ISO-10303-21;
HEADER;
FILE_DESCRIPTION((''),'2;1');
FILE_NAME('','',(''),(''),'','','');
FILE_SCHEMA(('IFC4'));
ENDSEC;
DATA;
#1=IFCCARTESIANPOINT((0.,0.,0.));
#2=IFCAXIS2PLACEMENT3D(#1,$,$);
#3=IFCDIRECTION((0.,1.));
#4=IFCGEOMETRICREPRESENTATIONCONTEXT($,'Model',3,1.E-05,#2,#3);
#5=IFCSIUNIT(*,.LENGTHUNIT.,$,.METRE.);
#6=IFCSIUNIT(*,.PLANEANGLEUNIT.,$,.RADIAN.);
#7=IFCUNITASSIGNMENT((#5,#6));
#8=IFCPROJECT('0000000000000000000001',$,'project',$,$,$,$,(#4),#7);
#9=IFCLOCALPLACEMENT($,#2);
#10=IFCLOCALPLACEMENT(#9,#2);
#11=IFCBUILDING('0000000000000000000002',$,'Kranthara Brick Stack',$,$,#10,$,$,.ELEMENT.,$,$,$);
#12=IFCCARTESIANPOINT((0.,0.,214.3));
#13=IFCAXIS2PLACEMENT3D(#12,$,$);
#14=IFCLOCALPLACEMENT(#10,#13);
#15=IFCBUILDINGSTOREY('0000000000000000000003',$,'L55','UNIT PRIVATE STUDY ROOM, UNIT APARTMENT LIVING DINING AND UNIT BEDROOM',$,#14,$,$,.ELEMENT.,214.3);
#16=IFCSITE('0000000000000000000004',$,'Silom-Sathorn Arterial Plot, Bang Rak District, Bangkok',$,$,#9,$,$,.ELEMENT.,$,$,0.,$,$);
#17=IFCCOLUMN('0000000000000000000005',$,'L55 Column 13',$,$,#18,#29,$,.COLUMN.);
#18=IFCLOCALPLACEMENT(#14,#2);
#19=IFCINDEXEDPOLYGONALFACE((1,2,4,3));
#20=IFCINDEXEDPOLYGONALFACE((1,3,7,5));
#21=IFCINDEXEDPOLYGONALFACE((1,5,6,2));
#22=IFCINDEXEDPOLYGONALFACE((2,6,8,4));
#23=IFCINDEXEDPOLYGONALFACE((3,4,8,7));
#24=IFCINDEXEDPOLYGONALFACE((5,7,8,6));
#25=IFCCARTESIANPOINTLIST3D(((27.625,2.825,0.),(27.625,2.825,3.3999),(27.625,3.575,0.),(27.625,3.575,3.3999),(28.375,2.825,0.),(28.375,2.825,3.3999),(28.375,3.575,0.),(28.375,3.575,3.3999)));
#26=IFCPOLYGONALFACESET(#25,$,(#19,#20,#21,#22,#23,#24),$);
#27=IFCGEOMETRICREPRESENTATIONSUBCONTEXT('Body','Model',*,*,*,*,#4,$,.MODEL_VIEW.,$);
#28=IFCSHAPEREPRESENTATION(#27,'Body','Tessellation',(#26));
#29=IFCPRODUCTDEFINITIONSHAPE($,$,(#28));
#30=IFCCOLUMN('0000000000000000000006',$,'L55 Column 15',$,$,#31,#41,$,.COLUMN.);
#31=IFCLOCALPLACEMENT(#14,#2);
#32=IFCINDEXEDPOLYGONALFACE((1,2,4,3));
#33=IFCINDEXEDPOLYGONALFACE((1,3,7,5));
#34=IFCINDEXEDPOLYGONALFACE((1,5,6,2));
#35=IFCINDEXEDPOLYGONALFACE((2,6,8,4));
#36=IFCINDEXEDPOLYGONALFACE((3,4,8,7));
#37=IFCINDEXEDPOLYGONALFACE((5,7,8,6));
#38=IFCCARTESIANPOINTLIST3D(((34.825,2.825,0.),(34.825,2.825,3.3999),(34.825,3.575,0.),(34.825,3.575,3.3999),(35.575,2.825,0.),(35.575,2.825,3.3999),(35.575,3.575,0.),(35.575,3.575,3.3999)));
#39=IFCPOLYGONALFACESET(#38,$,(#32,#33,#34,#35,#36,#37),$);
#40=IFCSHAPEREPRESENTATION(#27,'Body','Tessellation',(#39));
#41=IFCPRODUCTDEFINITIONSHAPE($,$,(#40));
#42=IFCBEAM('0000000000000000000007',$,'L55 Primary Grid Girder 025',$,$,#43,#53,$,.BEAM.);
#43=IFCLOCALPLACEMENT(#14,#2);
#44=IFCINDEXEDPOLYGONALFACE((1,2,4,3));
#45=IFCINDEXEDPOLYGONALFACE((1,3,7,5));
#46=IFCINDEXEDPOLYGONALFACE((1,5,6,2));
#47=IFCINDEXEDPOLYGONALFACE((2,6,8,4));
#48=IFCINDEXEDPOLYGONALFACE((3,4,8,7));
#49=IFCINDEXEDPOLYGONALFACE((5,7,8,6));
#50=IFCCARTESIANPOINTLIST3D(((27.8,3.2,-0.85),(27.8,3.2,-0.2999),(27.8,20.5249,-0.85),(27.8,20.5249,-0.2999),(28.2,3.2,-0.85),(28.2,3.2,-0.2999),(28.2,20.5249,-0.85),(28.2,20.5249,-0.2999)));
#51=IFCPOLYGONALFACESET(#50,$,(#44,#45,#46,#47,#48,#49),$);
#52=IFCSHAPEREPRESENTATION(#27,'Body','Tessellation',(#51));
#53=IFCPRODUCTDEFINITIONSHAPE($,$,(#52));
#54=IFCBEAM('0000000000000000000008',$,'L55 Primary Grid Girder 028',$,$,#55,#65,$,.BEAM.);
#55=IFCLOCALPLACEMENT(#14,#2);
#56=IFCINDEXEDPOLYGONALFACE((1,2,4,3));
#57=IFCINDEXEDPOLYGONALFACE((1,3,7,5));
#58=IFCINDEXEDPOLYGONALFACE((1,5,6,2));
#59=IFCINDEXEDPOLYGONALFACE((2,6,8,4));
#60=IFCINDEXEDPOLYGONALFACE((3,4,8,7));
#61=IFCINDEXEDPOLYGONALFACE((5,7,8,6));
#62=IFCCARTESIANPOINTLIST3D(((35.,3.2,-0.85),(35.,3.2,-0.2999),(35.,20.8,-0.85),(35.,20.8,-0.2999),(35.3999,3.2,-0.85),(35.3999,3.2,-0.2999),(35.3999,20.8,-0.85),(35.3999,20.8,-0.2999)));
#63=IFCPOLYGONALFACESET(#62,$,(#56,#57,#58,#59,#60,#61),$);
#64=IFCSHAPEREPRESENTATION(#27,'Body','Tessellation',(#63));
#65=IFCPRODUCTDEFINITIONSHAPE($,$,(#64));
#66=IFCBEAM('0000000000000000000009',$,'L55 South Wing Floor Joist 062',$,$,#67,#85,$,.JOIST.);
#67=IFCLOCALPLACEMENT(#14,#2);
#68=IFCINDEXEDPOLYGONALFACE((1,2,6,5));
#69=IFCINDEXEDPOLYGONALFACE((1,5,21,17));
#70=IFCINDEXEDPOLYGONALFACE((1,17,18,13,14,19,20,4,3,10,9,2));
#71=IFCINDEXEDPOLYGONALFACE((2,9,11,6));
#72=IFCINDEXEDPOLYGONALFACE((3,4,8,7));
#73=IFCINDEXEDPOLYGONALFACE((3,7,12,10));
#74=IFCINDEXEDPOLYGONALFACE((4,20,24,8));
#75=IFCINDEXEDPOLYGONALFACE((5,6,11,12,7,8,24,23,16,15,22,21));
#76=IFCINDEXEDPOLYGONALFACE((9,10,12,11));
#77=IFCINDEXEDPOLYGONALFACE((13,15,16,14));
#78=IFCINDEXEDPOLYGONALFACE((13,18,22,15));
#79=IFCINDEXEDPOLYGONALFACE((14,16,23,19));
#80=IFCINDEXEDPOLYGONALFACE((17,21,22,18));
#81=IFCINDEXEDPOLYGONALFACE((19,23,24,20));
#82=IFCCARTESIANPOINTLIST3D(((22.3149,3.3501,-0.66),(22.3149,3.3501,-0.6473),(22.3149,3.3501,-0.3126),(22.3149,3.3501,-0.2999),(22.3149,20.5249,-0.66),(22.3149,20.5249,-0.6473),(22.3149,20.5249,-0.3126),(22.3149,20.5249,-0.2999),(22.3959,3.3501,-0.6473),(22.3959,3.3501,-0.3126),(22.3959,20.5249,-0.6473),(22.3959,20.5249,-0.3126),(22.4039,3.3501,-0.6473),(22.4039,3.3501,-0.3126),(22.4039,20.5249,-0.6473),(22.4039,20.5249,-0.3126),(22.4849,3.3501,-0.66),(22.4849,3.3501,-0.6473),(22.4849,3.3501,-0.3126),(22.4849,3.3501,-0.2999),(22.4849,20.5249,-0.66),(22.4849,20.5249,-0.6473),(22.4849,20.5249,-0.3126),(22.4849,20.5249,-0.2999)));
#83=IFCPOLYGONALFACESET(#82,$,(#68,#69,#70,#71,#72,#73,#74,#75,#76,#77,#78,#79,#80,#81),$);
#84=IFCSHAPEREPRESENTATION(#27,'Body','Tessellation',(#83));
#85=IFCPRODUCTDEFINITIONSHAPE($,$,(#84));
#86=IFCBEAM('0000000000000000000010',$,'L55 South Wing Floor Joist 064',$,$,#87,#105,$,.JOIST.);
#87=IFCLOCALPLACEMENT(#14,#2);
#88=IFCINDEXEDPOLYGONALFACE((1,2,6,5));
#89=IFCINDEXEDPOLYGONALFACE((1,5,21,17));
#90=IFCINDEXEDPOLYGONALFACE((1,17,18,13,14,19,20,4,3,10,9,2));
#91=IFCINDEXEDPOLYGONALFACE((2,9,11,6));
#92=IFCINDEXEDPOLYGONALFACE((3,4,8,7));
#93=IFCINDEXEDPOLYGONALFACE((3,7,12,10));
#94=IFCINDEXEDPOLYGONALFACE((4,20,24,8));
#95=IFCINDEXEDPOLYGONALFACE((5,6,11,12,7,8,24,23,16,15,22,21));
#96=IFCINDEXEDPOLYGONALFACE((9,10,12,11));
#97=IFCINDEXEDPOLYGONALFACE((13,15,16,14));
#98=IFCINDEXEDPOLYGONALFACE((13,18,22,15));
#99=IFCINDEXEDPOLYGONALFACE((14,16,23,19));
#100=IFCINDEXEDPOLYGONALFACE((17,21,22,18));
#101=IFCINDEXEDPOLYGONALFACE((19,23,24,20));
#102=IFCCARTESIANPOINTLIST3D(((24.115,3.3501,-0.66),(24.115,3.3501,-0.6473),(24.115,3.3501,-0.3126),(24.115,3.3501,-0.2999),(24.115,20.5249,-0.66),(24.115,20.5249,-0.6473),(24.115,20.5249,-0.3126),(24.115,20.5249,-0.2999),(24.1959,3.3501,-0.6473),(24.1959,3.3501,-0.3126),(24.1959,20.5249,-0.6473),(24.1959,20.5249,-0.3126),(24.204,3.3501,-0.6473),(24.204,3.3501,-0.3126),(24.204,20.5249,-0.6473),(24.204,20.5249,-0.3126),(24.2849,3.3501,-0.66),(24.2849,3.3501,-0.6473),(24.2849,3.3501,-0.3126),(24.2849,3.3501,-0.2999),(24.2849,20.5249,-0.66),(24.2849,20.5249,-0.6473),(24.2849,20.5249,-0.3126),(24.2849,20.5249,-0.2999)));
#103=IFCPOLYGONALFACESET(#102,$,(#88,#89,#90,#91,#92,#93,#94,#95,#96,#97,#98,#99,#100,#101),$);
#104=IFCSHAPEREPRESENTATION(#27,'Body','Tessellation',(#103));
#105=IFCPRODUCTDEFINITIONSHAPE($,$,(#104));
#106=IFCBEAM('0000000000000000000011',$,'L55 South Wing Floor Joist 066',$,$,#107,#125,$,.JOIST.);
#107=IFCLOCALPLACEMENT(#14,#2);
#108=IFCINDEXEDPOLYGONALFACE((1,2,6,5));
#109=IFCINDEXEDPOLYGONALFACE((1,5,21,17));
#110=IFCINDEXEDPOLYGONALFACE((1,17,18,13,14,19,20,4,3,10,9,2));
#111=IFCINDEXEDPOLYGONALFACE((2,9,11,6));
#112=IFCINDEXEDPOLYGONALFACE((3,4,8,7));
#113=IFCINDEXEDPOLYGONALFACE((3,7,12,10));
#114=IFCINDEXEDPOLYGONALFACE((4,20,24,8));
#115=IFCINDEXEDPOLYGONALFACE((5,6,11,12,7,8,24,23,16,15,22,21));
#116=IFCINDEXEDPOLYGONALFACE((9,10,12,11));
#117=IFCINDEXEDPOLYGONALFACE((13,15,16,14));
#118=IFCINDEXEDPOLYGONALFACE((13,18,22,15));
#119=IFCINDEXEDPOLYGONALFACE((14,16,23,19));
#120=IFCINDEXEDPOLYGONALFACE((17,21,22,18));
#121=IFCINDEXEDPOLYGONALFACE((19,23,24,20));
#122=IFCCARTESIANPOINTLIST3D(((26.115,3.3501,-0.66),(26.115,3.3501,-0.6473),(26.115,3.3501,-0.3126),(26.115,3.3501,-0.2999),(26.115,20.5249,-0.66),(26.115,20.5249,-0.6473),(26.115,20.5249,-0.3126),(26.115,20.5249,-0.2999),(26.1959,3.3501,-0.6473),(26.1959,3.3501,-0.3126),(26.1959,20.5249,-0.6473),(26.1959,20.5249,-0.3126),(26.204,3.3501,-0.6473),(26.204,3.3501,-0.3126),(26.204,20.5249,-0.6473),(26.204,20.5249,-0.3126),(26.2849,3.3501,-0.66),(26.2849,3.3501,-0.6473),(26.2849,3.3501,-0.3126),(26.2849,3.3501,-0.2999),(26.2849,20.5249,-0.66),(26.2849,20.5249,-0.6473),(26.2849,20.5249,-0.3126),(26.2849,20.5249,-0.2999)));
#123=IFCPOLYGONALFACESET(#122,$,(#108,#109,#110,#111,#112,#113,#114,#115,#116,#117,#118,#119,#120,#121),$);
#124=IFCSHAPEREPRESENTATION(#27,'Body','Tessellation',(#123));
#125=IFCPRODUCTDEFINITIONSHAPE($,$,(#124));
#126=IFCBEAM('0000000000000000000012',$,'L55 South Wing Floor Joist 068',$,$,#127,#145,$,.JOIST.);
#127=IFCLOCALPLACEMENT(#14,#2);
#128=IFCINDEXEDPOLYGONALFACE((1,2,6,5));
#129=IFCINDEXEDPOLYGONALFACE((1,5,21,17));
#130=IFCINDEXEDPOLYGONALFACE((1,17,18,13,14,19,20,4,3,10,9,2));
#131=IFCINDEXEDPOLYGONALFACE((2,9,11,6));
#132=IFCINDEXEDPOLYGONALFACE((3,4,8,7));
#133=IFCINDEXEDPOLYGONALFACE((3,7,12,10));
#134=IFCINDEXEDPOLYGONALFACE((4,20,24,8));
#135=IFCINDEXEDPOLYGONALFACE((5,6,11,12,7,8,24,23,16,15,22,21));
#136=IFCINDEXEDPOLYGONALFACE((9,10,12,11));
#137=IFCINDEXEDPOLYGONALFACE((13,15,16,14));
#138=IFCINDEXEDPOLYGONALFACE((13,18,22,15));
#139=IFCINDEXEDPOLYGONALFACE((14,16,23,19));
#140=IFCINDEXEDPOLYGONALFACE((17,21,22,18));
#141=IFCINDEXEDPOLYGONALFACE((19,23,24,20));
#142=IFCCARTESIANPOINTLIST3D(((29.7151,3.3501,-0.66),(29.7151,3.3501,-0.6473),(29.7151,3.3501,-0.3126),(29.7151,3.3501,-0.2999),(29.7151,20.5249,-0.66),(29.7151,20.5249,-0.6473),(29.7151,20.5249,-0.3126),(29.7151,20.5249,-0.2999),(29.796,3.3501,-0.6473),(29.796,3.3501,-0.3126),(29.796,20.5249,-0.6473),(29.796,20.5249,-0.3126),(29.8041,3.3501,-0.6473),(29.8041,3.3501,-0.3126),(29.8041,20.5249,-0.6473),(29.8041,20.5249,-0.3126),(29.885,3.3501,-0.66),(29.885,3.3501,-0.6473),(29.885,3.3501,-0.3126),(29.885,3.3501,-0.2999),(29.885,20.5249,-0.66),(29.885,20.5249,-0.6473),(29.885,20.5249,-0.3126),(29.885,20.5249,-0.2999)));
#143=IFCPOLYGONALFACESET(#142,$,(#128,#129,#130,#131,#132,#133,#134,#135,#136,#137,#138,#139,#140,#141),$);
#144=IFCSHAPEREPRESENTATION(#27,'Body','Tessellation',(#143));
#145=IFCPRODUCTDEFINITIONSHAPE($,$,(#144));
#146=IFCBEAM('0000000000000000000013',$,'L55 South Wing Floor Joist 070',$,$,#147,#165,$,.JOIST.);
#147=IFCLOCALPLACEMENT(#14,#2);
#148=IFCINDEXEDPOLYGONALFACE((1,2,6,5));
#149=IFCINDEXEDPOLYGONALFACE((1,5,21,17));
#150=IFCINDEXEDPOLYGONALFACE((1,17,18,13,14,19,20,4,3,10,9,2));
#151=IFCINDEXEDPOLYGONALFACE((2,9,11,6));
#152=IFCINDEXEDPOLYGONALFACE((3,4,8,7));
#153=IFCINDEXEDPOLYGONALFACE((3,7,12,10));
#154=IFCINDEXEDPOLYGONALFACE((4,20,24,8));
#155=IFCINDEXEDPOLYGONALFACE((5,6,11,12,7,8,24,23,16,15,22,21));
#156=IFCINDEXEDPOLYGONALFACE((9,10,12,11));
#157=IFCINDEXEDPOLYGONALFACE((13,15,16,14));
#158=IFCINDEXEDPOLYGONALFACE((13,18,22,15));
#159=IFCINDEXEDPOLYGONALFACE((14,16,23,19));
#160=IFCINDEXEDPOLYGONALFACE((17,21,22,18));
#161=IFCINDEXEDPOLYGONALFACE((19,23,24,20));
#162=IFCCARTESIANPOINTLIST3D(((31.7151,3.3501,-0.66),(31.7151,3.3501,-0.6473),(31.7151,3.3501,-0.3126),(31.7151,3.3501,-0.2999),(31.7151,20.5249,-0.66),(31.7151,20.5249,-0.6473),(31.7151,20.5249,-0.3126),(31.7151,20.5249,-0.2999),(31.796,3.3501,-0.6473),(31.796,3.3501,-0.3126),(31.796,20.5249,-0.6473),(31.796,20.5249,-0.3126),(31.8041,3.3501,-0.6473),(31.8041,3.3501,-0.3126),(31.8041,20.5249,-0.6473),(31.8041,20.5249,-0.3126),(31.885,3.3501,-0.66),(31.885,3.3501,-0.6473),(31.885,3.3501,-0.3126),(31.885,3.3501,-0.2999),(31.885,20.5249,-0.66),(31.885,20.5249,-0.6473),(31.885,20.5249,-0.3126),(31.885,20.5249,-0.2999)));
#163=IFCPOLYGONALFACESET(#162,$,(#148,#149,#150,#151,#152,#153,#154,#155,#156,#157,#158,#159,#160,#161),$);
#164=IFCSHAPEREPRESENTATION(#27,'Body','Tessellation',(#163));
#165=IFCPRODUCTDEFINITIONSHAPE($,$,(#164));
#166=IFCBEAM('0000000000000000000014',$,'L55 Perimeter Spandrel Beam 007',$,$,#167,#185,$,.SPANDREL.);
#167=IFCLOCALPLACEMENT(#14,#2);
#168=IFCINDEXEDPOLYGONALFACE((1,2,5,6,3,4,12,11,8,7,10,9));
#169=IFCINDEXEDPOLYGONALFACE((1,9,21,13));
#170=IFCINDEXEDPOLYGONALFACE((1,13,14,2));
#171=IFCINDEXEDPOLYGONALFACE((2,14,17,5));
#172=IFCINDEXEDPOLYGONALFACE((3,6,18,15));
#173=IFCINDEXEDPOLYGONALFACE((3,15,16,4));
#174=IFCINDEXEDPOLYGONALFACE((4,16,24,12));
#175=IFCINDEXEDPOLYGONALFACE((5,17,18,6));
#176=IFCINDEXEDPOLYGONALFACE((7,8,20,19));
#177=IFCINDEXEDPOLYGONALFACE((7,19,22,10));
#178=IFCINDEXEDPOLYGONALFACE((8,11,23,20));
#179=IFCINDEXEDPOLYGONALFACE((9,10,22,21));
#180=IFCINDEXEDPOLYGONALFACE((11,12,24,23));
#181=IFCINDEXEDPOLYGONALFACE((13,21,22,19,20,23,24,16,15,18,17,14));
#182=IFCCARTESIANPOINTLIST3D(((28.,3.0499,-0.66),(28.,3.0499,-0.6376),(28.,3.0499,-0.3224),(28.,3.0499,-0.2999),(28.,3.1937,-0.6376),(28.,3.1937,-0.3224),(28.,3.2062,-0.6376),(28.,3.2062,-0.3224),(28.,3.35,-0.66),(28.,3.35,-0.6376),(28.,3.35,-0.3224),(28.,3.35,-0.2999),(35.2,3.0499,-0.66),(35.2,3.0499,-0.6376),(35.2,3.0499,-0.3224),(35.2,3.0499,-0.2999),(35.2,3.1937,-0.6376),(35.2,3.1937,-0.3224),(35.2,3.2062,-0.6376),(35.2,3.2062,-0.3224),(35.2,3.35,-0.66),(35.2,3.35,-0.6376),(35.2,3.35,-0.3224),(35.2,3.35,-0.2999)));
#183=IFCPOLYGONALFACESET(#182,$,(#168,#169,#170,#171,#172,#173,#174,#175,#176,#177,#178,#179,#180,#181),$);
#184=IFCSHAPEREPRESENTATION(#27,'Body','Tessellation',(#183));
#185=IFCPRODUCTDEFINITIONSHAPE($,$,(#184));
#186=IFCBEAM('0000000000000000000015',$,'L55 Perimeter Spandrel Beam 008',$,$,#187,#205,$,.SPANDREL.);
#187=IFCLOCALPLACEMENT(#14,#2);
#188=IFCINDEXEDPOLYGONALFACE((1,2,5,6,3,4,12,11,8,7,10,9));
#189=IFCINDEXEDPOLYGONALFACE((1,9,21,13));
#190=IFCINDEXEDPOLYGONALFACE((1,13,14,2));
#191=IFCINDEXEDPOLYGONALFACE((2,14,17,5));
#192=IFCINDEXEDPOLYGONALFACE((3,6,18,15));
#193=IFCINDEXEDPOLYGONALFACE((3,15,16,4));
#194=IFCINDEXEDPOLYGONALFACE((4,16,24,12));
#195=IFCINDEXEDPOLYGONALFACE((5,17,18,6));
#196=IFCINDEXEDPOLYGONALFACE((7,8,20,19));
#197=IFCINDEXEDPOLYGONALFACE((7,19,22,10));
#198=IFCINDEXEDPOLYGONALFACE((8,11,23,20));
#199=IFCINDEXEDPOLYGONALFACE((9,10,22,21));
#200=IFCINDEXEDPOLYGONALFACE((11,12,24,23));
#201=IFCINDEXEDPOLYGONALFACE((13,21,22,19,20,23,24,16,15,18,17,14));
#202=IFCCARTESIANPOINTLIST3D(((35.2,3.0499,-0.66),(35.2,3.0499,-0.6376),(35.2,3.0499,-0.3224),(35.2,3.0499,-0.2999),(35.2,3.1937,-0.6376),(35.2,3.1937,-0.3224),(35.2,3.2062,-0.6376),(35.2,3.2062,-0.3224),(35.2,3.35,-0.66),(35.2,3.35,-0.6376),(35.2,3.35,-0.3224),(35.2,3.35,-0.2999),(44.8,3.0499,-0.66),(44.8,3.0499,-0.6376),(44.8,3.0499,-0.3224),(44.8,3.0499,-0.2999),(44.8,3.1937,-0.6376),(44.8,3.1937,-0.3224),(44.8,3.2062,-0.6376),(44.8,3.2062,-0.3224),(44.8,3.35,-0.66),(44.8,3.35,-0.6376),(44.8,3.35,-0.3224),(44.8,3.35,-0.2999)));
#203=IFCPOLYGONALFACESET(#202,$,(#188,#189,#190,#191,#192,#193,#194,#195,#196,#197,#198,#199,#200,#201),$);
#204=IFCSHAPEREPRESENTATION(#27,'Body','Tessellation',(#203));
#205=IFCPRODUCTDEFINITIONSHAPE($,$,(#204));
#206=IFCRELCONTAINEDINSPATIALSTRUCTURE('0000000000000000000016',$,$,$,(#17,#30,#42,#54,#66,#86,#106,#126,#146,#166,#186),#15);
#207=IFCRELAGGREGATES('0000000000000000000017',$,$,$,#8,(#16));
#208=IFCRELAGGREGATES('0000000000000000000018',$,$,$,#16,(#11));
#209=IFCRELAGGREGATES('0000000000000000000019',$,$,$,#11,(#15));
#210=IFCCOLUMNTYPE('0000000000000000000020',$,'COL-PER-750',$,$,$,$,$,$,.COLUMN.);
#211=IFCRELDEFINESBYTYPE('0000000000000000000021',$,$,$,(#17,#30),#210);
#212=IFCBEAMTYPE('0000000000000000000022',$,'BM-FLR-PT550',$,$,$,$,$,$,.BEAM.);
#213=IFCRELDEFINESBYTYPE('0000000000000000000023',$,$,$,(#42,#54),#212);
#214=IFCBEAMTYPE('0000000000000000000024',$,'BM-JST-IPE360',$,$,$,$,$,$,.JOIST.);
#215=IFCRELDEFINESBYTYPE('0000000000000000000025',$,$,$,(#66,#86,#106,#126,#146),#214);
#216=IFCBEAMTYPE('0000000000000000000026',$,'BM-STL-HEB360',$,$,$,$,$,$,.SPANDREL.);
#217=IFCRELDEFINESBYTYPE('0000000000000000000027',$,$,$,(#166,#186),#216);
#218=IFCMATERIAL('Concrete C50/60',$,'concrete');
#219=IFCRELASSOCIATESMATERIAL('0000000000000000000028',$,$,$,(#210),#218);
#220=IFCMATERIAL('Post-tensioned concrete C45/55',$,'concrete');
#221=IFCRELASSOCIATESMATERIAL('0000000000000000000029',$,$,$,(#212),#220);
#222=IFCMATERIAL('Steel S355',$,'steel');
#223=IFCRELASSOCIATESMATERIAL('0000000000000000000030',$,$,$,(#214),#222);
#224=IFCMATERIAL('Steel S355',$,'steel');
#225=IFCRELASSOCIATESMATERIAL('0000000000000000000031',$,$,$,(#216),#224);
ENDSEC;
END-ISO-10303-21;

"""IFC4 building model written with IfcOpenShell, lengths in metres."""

from ifc_helpers import new_model, si_unit, direction, frame, origin, origin_2d, place, context, subcontext, project, spatial, rectangle, i_section, extrude, material, material_profile, profile_set, type_object, element, save


model = new_model("IFC4")

# Units and contexts
model_context = context("Model", 3, precision=1e-05, world=origin(), true_north=direction((0.0, 1.0)))
body_context = subcontext(model_context, "Body", "Model", "MODEL_VIEW")
ifc_project = project(units=[si_unit("LENGTHUNIT", "METRE"), si_unit("PLANEANGLEUNIT", "RADIAN")], contexts=[model_context])

# Site, building, storey
site_placement = place(None, origin())
site = spatial("IfcSite", under=ifc_project, at=site_placement, Name="Silom-Sathorn Arterial Plot, Bang Rak District, Bangkok", CompositionType="ELEMENT", RefElevation=0.0)
building_placement = place(site_placement, origin())
building = spatial("IfcBuilding", under=site, at=building_placement, Name="Kranthara Brick Stack", CompositionType="ELEMENT")
storey_placement = place(building_placement, frame((0.0, 0.0, 214.3)))
storey = spatial("IfcBuildingStorey", under=building, at=storey_placement, Name="L55", Description="UNIT PRIVATE STUDY ROOM, UNIT APARTMENT LIVING DINING AND UNIT BEDROOM", CompositionType="ELEMENT", Elevation=214.3)

# Columns
ifc_material_1 = material(Name="Concrete C50/60", Category="concrete")
ifc_material_profile_1 = material_profile(ifc_material_1, rectangle(XDim=0.75, YDim=0.75, at=origin_2d()), Name="RC 750x750")
ifc_profile_set_1 = profile_set([ifc_material_profile_1], Name="Concrete C50/60")
column_type = type_object("IfcColumnType", Name="COL-PER-750", PredefinedType="COLUMN", material=ifc_profile_set_1)
for number, where, z_axis, x_axis, name in (
    (1, (28.0, 3.2, 0.0), (0.0, 0.0, 1.0), (1.0, 0.0, 0.0), "L55 Column 13"),
    (2, (35.2, 3.2, 0.0), (0.0, 0.0, 1.0), (1.0, 0.0, 0.0), "L55 Column 15"),
):
    element("IfcColumn", number, at=place(storey_placement, frame(where, z_axis=z_axis, x_axis=x_axis)), inside=storey, type_object=column_type, Name=name, PredefinedType="COLUMN", context=body_context, shape_type="SweptSolid", body=[
        extrude(rectangle(XDim=0.75, YDim=0.75, at=origin_2d()), origin(), (0.0, 0.0, 1.0), 3.3999),
    ])

# Beams
ifc_material_2 = material(Name="Post-tensioned concrete C45/55", Category="concrete")
ifc_material_profile_2 = material_profile(ifc_material_2, rectangle(XDim=0.3999, YDim=0.55, at=origin_2d()), Name="PT 400x550")
ifc_profile_set_2 = profile_set([ifc_material_profile_2], Name="Post-tensioned concrete C45/55")
beam_type_1 = type_object("IfcBeamType", Name="BM-FLR-PT550", PredefinedType="BEAM", material=ifc_profile_set_2)
beam_1_placement = place(storey_placement, frame((28.0, 3.2, -0.575), z_axis=(0.0, 1.0, 0.0), x_axis=(-1.0, 0.0, 0.0)))
element("IfcBeam", 3, at=beam_1_placement, inside=storey, type_object=beam_type_1, Name="L55 Primary Grid Girder 025", PredefinedType="BEAM", context=body_context, shape_type="SweptSolid", body=[
    extrude(rectangle(XDim=0.3999, YDim=0.55, at=origin_2d()), origin(), (0.0, 0.0, 1.0), 17.325),
])
beam_2_placement = place(storey_placement, frame((35.2, 3.2, -0.575), z_axis=(0.0, 1.0, 0.0), x_axis=(-1.0, 0.0, 0.0)))
element("IfcBeam", 4, at=beam_2_placement, inside=storey, type_object=beam_type_1, Name="L55 Primary Grid Girder 028", PredefinedType="BEAM", context=body_context, shape_type="SweptSolid", body=[
    extrude(rectangle(XDim=0.3999, YDim=0.55, at=origin_2d()), origin(), (0.0, 0.0, 1.0), 17.6001),
])
ifc_material_3 = material(Name="Steel S355", Category="steel")
ifc_material_profile_3 = material_profile(ifc_material_3, i_section(OverallWidth=0.1699, OverallDepth=0.3601, WebThickness=0.0081, FlangeThickness=0.0127, at=origin_2d()), Name="IPE 360")
ifc_profile_set_3 = profile_set([ifc_material_profile_3], Name="Steel S355")
beam_type_2 = type_object("IfcBeamType", Name="BM-JST-IPE360", PredefinedType="JOIST", material=ifc_profile_set_3)
for number, where, z_axis, x_axis, name in (
    (5, (22.3999, 3.3501, -0.48), (0.0, 1.0, 0.0), (-1.0, 0.0, 0.0), "L55 South Wing Floor Joist 062"),
    (6, (24.2, 3.3501, -0.48), (0.0, 1.0, 0.0), (-1.0, 0.0, 0.0), "L55 South Wing Floor Joist 064"),
    (7, (26.2, 3.3501, -0.48), (0.0, 1.0, 0.0), (-1.0, 0.0, 0.0), "L55 South Wing Floor Joist 066"),
    (8, (29.8, 3.3501, -0.48), (0.0, 1.0, 0.0), (-1.0, 0.0, 0.0), "L55 South Wing Floor Joist 068"),
    (9, (31.8, 3.3501, -0.48), (0.0, 1.0, 0.0), (-1.0, 0.0, 0.0), "L55 South Wing Floor Joist 070"),
):
    element("IfcBeam", number, at=place(storey_placement, frame(where, z_axis=z_axis, x_axis=x_axis)), inside=storey, type_object=beam_type_2, Name=name, PredefinedType="JOIST", context=body_context, shape_type="SweptSolid", body=[
        extrude(i_section(OverallWidth=0.1699, OverallDepth=0.3601, WebThickness=0.0081, FlangeThickness=0.0127, at=origin_2d()), origin(), (0.0, 0.0, 1.0), 17.1748),
    ])
ifc_material_4 = material(Name="Steel S355", Category="steel")
ifc_material_profile_4 = material_profile(ifc_material_4, i_section(OverallWidth=0.3, OverallDepth=0.3601, WebThickness=0.0125, FlangeThickness=0.0225, at=origin_2d()), Name="HEB 360")
ifc_profile_set_4 = profile_set([ifc_material_profile_4], Name="Steel S355")
beam_type_3 = type_object("IfcBeamType", Name="BM-STL-HEB360", PredefinedType="SPANDREL", material=ifc_profile_set_4)
beam_3_placement = place(storey_placement, frame((28.0, 3.2, -0.48), z_axis=(1.0, 0.0, 0.0), x_axis=(0.0, 1.0, 0.0)))
element("IfcBeam", 10, at=beam_3_placement, inside=storey, type_object=beam_type_3, Name="L55 Perimeter Spandrel Beam 007", PredefinedType="SPANDREL", context=body_context, shape_type="SweptSolid", body=[
    extrude(i_section(OverallWidth=0.3, OverallDepth=0.3601, WebThickness=0.0125, FlangeThickness=0.0225, at=origin_2d()), origin(), (0.0, 0.0, 1.0), 7.2),
])
beam_4_placement = place(storey_placement, frame((35.2, 3.2, -0.48), z_axis=(1.0, 0.0, 0.0), x_axis=(0.0, 1.0, 0.0)))
element("IfcBeam", 11, at=beam_4_placement, inside=storey, type_object=beam_type_3, Name="L55 Perimeter Spandrel Beam 008", PredefinedType="SPANDREL", context=body_context, shape_type="SweptSolid", body=[
    extrude(i_section(OverallWidth=0.3, OverallDepth=0.3601, WebThickness=0.0125, FlangeThickness=0.0225, at=origin_2d()), origin(), (0.0, 0.0, 1.0), 9.6001),
])

save(model, "model.ifc")
